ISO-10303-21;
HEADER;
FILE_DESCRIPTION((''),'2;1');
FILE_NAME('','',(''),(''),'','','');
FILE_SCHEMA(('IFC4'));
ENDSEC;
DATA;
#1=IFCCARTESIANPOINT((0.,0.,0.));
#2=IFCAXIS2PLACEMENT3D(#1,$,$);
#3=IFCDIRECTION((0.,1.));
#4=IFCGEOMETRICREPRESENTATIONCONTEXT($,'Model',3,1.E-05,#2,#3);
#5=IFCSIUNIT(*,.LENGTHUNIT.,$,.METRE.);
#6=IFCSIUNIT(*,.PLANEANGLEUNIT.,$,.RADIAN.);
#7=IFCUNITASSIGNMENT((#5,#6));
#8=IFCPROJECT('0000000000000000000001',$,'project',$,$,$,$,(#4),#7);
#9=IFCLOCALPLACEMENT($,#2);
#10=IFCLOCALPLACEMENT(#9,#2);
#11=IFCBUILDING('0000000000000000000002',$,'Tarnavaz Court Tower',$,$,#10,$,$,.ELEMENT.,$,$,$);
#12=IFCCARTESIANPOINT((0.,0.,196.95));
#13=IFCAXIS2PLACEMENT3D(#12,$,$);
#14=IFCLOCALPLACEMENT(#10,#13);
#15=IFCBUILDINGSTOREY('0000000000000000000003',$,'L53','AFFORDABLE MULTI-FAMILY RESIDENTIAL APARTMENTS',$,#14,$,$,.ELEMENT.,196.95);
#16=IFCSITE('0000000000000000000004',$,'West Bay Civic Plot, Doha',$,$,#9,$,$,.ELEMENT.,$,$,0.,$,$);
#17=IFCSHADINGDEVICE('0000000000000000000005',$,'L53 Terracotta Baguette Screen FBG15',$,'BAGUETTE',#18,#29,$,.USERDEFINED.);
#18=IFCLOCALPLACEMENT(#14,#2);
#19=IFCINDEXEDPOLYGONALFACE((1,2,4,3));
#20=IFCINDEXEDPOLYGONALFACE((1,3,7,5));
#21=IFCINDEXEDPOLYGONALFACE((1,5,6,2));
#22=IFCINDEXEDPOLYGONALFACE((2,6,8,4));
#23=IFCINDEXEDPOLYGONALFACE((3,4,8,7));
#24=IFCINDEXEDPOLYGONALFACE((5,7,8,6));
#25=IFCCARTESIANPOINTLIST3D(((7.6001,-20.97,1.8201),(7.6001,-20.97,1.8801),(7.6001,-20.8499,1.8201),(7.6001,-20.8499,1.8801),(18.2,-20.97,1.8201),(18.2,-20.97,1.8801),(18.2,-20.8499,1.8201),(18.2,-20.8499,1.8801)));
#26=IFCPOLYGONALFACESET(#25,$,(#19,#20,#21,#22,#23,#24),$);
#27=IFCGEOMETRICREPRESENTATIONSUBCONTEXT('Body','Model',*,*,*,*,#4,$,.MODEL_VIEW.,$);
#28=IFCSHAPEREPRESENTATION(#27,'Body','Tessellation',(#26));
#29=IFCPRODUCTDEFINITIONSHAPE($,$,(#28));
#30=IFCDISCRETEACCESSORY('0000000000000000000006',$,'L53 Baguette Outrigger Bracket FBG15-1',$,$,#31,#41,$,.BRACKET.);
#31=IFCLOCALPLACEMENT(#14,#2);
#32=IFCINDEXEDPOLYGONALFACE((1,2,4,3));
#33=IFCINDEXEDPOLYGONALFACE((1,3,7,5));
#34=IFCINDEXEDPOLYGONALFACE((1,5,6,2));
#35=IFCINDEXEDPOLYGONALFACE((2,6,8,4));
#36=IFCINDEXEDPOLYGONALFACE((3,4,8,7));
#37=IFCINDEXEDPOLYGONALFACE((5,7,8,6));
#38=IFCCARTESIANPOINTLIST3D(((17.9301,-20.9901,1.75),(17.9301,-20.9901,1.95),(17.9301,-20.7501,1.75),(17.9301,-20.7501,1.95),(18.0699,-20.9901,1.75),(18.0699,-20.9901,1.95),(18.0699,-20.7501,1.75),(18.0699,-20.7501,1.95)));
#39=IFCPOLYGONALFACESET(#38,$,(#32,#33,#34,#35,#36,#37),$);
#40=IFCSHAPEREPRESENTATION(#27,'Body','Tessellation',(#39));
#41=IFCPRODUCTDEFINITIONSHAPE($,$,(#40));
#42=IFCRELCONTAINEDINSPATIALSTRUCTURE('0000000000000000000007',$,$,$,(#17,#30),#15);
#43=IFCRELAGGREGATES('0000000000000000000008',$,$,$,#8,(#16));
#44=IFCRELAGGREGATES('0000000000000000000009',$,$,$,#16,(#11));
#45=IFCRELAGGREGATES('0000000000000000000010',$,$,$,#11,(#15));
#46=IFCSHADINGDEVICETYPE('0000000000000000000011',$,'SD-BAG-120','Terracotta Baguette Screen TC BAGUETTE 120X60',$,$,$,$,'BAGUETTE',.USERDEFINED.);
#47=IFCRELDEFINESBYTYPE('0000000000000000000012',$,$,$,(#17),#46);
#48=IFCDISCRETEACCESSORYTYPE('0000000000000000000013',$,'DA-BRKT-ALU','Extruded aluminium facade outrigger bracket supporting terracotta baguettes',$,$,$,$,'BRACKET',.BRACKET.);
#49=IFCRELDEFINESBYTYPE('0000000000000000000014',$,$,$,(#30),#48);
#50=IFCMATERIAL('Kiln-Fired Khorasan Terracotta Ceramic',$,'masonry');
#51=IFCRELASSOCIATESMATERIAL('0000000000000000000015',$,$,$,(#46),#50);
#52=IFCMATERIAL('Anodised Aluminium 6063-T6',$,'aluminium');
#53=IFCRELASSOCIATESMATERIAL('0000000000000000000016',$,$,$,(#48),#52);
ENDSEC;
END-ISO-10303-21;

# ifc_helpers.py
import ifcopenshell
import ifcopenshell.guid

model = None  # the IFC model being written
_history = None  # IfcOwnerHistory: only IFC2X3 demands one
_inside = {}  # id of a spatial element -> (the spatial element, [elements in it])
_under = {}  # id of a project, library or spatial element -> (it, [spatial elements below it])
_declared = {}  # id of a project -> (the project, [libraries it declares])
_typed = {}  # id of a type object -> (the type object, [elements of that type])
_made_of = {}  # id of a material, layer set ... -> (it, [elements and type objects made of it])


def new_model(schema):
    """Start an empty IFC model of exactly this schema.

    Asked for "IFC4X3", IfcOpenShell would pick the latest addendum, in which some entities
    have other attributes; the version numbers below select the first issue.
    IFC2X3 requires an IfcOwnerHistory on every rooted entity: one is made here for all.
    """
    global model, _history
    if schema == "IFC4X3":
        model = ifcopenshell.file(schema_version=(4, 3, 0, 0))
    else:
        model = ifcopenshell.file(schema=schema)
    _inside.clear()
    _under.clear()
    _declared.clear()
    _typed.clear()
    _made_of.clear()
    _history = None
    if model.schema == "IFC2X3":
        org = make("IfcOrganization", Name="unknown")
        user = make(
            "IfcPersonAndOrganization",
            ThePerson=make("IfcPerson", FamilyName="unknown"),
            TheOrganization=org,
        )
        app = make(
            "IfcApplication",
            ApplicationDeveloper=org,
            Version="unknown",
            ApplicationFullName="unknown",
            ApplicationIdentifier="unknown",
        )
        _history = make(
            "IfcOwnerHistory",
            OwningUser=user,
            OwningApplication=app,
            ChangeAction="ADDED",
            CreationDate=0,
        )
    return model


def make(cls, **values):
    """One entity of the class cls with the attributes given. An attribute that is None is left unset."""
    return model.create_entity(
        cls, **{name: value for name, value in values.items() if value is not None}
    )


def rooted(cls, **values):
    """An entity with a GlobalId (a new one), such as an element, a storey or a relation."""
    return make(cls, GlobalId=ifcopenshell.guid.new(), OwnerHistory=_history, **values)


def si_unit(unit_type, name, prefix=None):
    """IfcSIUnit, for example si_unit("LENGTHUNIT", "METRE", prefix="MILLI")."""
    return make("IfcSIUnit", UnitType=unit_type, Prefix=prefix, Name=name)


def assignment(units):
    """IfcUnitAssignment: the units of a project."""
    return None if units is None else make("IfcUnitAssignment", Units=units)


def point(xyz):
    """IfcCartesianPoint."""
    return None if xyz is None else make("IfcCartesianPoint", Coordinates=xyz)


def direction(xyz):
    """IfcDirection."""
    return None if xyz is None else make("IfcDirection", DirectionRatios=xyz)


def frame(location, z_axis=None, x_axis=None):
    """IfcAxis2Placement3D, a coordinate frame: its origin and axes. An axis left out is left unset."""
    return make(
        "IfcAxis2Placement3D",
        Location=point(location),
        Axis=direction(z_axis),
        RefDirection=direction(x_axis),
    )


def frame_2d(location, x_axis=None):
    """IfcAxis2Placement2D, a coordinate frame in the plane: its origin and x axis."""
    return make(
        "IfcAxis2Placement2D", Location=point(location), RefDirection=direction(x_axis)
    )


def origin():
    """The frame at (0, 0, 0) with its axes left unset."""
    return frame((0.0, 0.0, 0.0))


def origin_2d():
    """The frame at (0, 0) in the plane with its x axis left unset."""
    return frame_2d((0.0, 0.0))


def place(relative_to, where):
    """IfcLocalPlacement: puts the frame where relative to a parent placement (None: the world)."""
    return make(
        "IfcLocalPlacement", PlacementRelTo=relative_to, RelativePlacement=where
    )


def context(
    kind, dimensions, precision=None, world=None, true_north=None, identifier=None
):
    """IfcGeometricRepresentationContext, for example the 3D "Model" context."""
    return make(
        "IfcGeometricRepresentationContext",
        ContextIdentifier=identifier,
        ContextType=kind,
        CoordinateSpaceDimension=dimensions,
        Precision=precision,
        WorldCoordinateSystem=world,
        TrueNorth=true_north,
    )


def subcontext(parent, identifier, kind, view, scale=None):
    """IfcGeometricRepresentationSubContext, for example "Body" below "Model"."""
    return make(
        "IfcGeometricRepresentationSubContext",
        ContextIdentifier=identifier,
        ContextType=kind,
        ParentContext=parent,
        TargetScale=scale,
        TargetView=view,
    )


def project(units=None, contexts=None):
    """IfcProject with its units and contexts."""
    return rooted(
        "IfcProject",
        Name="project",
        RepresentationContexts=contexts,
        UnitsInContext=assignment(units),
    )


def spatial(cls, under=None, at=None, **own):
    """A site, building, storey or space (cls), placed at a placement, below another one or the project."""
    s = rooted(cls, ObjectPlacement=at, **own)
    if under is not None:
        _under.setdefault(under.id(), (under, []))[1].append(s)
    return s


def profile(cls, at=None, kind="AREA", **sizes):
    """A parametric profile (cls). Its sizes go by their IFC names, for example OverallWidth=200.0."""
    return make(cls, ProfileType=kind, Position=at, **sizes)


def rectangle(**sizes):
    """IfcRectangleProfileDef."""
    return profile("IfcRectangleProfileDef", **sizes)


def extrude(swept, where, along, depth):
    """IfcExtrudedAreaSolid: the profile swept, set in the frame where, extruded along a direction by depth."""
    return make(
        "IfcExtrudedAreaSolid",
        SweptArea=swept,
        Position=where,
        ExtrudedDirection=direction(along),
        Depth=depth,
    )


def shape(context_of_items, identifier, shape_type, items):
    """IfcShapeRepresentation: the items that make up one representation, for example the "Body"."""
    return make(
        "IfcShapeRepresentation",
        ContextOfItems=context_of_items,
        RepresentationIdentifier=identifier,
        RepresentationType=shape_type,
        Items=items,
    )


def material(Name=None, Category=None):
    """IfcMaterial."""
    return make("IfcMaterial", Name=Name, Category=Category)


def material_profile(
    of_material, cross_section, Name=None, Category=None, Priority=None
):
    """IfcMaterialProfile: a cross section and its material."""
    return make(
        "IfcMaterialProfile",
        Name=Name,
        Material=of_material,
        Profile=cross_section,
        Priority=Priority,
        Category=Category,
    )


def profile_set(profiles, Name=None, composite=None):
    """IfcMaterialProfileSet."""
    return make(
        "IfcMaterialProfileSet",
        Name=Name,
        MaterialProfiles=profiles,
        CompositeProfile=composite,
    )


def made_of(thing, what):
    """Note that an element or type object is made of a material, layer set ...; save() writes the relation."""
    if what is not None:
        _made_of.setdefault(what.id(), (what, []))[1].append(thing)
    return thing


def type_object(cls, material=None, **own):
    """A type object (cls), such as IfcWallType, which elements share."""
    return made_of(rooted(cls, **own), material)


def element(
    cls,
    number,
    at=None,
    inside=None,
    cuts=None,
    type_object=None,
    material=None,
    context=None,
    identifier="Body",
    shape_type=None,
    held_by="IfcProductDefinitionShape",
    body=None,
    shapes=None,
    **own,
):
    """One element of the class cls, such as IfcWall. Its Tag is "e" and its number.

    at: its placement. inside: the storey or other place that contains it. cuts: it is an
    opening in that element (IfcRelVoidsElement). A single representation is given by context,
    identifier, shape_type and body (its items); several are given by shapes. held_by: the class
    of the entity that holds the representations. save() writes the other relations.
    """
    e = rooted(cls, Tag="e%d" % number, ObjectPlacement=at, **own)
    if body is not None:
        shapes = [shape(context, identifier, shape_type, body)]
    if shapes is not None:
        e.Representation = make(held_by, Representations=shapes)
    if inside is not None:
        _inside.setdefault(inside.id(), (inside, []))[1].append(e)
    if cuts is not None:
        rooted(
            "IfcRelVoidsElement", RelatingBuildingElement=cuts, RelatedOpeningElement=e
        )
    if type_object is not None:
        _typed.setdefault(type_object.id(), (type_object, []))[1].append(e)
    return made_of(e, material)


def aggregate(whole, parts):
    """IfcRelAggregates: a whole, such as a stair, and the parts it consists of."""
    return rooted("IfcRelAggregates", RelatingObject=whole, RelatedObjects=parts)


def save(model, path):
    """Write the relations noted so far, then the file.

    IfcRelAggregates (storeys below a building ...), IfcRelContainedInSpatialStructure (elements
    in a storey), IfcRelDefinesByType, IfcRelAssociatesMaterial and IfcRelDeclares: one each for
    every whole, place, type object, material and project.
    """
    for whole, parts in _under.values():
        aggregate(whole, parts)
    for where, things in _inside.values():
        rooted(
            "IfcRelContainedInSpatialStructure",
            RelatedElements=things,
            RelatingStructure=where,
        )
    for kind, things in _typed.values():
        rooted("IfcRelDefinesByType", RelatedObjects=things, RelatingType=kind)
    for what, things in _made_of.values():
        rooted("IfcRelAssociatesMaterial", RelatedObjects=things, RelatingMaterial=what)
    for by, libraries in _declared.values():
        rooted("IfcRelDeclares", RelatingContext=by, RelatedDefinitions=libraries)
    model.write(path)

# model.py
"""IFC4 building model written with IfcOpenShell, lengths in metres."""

from ifc_helpers import new_model, si_unit, direction, frame, origin, origin_2d, place, context, subcontext, project, spatial, rectangle, extrude, material, material_profile, profile_set, type_object, element, save


model = new_model("IFC4")

# Units and contexts
model_context = context("Model", 3, precision=1e-05, world=origin(), true_north=direction((0.0, 1.0)))
body_context = subcontext(model_context, "Body", "Model", "MODEL_VIEW")
ifc_project = project(units=[si_unit("LENGTHUNIT", "METRE"), si_unit("PLANEANGLEUNIT", "RADIAN")], contexts=[model_context])

# Site, building, storey
site_placement = place(None, origin())
site = spatial("IfcSite", under=ifc_project, at=site_placement, Name="West Bay Civic Plot, Doha", CompositionType="ELEMENT", RefElevation=0.0)
building_placement = place(site_placement, origin())
building = spatial("IfcBuilding", under=site, at=building_placement, Name="Tarnavaz Court Tower", CompositionType="ELEMENT")
storey_placement = place(building_placement, frame((0.0, 0.0, 196.95)))
storey = spatial("IfcBuildingStorey", under=building, at=storey_placement, Name="L53", Description="AFFORDABLE MULTI-FAMILY RESIDENTIAL APARTMENTS", CompositionType="ELEMENT", Elevation=196.95)

# Shading device
ifc_material_1 = material(Name="Kiln-Fired Khorasan Terracotta Ceramic", Category="masonry")
ifc_material_profile_1 = material_profile(ifc_material_1, rectangle(XDim=0.1201, YDim=0.0601, at=origin_2d()), Name="TC BAGUETTE 120X60")
ifc_profile_set_1 = profile_set([ifc_material_profile_1], Name="Kiln-Fired Khorasan Terracotta Ceramic")
shading_device_type = type_object("IfcShadingDeviceType", Name="SD-BAG-120", Description="Terracotta Baguette Screen TC BAGUETTE 120X60", ElementType="BAGUETTE", PredefinedType="USERDEFINED", material=ifc_profile_set_1)
shading_device_placement = place(storey_placement, frame((18.2, -20.9099, 1.8501), z_axis=(-1.0, 0.0, 0.0), x_axis=(0.0, -1.0, 0.0)))
element("IfcShadingDevice", 1, at=shading_device_placement, inside=storey, type_object=shading_device_type, Name="L53 Terracotta Baguette Screen FBG15", ObjectType="BAGUETTE", PredefinedType="USERDEFINED", context=body_context, shape_type="SweptSolid", body=[
    extrude(rectangle(XDim=0.1201, YDim=0.0601, at=origin_2d()), origin(), (0.0, 0.0, 1.0), 10.5999),
])

# Discrete accessory
ifc_material_2 = material(Name="Anodised Aluminium 6063-T6", Category="aluminium")
discrete_accessory_type = type_object("IfcDiscreteAccessoryType", Name="DA-BRKT-ALU", Description="Extruded aluminium facade outrigger bracket supporting terracotta baguettes", ElementType="BRACKET", PredefinedType="BRACKET", material=ifc_material_2)
discrete_accessory_placement = place(storey_placement, frame((18.0, -20.8701, 1.75), z_axis=(0.0, 0.0, 1.0), x_axis=(-1.0, 0.0, 0.0)))
element("IfcDiscreteAccessory", 2, at=discrete_accessory_placement, inside=storey, type_object=discrete_accessory_type, Name="L53 Baguette Outrigger Bracket FBG15-1", PredefinedType="BRACKET", context=body_context, shape_type="SweptSolid", body=[
    extrude(rectangle(XDim=0.1399, YDim=0.24, at=origin_2d()), origin(), (0.0, 0.0, 1.0), 0.2),
])

save(model, "model.ifc")
